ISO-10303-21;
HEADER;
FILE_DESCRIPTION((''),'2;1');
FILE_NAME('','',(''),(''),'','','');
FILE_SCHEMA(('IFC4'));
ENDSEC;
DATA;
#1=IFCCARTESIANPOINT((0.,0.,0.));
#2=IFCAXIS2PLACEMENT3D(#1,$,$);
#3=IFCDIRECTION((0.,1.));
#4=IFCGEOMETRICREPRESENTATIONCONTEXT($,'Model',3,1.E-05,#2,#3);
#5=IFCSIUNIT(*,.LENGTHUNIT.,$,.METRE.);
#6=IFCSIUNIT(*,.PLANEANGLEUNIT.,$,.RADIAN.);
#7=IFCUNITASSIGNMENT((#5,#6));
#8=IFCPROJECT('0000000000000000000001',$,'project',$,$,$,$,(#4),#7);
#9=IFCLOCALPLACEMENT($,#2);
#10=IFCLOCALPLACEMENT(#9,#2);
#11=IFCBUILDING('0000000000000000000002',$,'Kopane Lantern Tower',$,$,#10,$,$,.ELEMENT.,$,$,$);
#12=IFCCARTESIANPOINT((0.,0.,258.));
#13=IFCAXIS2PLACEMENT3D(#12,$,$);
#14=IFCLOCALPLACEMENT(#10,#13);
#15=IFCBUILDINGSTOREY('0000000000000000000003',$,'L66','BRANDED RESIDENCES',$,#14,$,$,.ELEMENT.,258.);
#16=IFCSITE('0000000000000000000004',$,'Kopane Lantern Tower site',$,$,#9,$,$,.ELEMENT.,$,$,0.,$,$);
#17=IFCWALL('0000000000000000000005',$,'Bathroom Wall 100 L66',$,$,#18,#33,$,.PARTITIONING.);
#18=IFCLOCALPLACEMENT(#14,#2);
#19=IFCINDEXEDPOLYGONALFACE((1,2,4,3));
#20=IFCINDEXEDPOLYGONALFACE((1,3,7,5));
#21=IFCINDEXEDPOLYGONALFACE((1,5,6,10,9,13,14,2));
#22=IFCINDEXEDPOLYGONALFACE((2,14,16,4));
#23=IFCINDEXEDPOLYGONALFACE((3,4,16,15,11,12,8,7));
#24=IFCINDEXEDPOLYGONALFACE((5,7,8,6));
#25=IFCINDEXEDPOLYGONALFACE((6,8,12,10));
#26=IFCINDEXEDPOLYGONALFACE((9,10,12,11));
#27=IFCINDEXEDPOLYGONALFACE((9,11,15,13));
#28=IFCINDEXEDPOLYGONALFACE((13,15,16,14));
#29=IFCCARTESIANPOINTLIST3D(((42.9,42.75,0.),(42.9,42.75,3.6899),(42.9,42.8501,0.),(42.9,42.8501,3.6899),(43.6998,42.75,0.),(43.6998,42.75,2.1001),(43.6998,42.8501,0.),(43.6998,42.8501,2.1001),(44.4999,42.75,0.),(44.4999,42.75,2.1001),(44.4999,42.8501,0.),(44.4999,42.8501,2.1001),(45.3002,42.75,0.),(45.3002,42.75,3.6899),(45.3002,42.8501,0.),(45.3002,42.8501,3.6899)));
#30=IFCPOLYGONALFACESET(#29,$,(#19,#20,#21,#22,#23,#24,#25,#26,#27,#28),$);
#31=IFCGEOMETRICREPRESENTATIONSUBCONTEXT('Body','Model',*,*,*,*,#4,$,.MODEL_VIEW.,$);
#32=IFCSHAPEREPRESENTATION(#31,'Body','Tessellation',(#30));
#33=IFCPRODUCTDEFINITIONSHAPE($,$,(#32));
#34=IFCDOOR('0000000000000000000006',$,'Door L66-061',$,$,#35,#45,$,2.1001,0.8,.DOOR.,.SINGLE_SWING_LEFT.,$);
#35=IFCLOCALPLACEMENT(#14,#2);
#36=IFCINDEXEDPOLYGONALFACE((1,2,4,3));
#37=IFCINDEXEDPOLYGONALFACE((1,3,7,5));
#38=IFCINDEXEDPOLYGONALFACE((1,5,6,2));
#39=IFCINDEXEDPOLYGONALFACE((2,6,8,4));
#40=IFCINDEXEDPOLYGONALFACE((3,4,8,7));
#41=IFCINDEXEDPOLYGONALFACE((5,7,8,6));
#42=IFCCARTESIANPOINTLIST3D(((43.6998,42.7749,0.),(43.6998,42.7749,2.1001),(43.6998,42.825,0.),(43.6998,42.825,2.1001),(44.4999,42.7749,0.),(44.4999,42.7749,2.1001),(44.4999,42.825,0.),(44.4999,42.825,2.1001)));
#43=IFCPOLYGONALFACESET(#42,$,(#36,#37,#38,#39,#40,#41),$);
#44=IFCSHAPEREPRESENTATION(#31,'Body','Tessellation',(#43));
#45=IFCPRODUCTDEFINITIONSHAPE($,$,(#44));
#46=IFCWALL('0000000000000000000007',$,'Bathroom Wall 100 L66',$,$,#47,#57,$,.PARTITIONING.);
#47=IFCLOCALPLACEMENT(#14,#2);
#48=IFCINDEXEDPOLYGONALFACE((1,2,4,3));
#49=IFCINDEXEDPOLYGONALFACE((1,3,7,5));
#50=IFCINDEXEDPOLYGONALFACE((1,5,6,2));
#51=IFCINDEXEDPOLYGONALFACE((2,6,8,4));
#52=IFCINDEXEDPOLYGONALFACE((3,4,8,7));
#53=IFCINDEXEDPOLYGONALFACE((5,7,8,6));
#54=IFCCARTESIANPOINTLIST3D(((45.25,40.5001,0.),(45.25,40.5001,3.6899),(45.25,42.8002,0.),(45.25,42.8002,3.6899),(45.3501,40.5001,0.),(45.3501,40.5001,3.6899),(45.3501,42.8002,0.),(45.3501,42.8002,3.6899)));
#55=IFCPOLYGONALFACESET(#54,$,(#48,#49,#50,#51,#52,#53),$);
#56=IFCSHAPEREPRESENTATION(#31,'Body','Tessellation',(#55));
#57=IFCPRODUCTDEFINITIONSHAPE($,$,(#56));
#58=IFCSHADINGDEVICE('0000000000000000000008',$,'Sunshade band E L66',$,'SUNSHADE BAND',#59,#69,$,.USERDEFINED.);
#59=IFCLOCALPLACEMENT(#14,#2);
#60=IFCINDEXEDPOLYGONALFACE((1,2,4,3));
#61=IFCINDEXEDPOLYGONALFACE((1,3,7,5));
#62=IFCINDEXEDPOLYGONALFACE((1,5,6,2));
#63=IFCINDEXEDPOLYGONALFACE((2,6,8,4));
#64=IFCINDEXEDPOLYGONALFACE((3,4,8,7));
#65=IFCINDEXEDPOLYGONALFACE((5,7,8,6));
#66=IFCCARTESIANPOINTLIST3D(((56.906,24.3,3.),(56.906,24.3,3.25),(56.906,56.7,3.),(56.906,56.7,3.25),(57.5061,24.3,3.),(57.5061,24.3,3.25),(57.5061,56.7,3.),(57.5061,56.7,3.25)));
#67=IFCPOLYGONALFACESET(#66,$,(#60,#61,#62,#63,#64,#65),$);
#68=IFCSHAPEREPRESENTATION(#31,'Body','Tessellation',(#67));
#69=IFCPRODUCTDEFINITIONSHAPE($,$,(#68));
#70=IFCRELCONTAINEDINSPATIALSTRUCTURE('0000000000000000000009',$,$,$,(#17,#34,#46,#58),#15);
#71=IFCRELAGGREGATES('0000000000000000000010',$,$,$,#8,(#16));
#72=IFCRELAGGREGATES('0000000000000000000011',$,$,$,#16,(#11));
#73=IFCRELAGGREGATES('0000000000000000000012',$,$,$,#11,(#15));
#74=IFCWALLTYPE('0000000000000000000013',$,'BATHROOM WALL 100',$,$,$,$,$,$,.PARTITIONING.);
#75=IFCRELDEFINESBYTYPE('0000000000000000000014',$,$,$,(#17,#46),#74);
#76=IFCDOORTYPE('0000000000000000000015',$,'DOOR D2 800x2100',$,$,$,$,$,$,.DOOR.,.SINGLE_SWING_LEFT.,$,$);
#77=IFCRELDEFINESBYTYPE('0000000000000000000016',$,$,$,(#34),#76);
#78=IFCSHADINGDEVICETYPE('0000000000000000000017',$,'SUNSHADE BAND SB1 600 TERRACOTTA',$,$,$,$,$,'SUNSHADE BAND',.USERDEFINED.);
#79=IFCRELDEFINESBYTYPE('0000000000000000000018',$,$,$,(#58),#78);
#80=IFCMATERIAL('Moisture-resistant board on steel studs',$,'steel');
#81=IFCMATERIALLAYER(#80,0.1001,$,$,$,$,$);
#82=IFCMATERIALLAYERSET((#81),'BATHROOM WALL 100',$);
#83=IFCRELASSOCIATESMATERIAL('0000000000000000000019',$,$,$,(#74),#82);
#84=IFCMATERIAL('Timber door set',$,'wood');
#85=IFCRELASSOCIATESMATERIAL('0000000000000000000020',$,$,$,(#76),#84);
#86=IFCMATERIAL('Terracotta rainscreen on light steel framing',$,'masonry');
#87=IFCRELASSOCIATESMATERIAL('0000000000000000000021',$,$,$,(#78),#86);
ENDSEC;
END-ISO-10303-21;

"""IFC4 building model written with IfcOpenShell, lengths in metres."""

from ifc_helpers import new_model, si_unit, direction, frame, frame_2d, origin, origin_2d, place, context, subcontext, project, spatial, rectangle, extrude, material, layer, layer_set, type_object, element, fill, save


model = new_model("IFC4")

# Units and contexts
model_context = context("Model", 3, precision=1e-05, world=origin(), true_north=direction((0.0, 1.0)))
body_context = subcontext(model_context, "Body", "Model", "MODEL_VIEW")
ifc_project = project(units=[si_unit("LENGTHUNIT", "METRE"), si_unit("PLANEANGLEUNIT", "RADIAN")], contexts=[model_context])

# Site, building, storey
site_placement = place(None, origin())
site = spatial("IfcSite", under=ifc_project, at=site_placement, Name="Kopane Lantern Tower site", CompositionType="ELEMENT", RefElevation=0.0)
building_placement = place(site_placement, origin())
building = spatial("IfcBuilding", under=site, at=building_placement, Name="Kopane Lantern Tower", CompositionType="ELEMENT")
storey_placement = place(building_placement, frame((0.0, 0.0, 258.0)))
storey = spatial("IfcBuildingStorey", under=building, at=storey_placement, Name="L66", Description="BRANDED RESIDENCES", CompositionType="ELEMENT", Elevation=258.0)

# Wall, opening, door
ifc_material_1 = material(Name="Moisture-resistant board on steel studs", Category="steel")
ifc_layer_1 = layer(ifc_material_1, 0.1001)
ifc_layer_set_1 = layer_set([ifc_layer_1], Name="BATHROOM WALL 100")
wall_type_1 = type_object("IfcWallType", Name="BATHROOM WALL 100", PredefinedType="PARTITIONING", material=ifc_layer_set_1)
wall_1_placement = place(storey_placement, frame((42.8999, 42.8, 0.0), z_axis=(0.0, 0.0, 1.0), x_axis=(1.0, 0.0, 0.0)))
wall_1 = element("IfcWall", 1, at=wall_1_placement, inside=storey, type_object=wall_type_1, Name="Bathroom Wall 100 L66", PredefinedType="PARTITIONING", context=body_context, shape_type="SweptSolid", body=[
    extrude(rectangle(XDim=2.4001, YDim=0.1001, at=frame_2d((1.2002, 0.0))), origin(), (0.0, 0.0, 1.0), 3.6899),
])
opening_1_placement = place(wall_1_placement, frame((0.8, 0.0, 0.0)))
opening_1 = element("IfcOpeningElement", 2, at=opening_1_placement, cuts=wall_1, PredefinedType="OPENING", context=body_context, shape_type="SweptSolid", body=[
    extrude(rectangle(XDim=0.8, YDim=2.1001, at=frame_2d((0.3999, 1.05))), frame((0.0, 0.0601, 0.0), z_axis=(0.0, -1.0, 0.0), x_axis=(1.0, 0.0, 0.0)), (0.0, 0.0, 1.0), 0.1201),
])
ifc_material_2 = material(Name="Timber door set", Category="wood")
door_type_1 = type_object("IfcDoorType", Name="DOOR D2 800x2100", OperationType="SINGLE_SWING_LEFT", PredefinedType="DOOR", material=ifc_material_2)
door_1_placement = place(opening_1_placement, origin())
door_1 = element("IfcDoor", 3, at=door_1_placement, inside=storey, type_object=door_type_1, Name="Door L66-061", OperationType="SINGLE_SWING_LEFT", OverallHeight=2.1001, OverallWidth=0.8, PredefinedType="DOOR", context=body_context, shape_type="SweptSolid", body=[
    extrude(rectangle(XDim=0.8, YDim=2.1001, at=frame_2d((0.3999, 1.05))), frame((0.0, 0.0249, 0.0), z_axis=(0.0, -1.0, 0.0), x_axis=(1.0, 0.0, 0.0)), (0.0, 0.0, 1.0), 0.05),
])
fill(opening_1, door_1)

# Wall
wall_2_placement = place(storey_placement, frame((45.3, 42.8, 0.0), z_axis=(0.0, 0.0, 1.0), x_axis=(0.0, -1.0, 0.0)))
element("IfcWall", 4, at=wall_2_placement, inside=storey, type_object=wall_type_1, Name="Bathroom Wall 100 L66", PredefinedType="PARTITIONING", context=body_context, shape_type="SweptSolid", body=[
    extrude(rectangle(XDim=2.3, YDim=0.1001, at=frame_2d((1.1499, 0.0))), origin(), (0.0, 0.0, 1.0), 3.6899),
])

# Shading device
ifc_material_3 = material(Name="Terracotta rainscreen on light steel framing", Category="masonry")
shading_device_type = type_object("IfcShadingDeviceType", Name="SUNSHADE BAND SB1 600 TERRACOTTA", ElementType="SUNSHADE BAND", PredefinedType="USERDEFINED", material=ifc_material_3)
shading_device_placement = place(storey_placement, frame((57.2061, 40.5, 3.0), z_axis=(0.0, 0.0, 1.0), x_axis=(0.0, 1.0, 0.0)))
element("IfcShadingDevice", 5, at=shading_device_placement, inside=storey, type_object=shading_device_type, Name="Sunshade band E L66", ObjectType="SUNSHADE BAND", PredefinedType="USERDEFINED", context=body_context, shape_type="SweptSolid", body=[
    extrude(rectangle(XDim=32.3999, YDim=0.6001, at=origin_2d()), origin(), (0.0, 0.0, 1.0), 0.25),
])

save(model, "model.ifc")
